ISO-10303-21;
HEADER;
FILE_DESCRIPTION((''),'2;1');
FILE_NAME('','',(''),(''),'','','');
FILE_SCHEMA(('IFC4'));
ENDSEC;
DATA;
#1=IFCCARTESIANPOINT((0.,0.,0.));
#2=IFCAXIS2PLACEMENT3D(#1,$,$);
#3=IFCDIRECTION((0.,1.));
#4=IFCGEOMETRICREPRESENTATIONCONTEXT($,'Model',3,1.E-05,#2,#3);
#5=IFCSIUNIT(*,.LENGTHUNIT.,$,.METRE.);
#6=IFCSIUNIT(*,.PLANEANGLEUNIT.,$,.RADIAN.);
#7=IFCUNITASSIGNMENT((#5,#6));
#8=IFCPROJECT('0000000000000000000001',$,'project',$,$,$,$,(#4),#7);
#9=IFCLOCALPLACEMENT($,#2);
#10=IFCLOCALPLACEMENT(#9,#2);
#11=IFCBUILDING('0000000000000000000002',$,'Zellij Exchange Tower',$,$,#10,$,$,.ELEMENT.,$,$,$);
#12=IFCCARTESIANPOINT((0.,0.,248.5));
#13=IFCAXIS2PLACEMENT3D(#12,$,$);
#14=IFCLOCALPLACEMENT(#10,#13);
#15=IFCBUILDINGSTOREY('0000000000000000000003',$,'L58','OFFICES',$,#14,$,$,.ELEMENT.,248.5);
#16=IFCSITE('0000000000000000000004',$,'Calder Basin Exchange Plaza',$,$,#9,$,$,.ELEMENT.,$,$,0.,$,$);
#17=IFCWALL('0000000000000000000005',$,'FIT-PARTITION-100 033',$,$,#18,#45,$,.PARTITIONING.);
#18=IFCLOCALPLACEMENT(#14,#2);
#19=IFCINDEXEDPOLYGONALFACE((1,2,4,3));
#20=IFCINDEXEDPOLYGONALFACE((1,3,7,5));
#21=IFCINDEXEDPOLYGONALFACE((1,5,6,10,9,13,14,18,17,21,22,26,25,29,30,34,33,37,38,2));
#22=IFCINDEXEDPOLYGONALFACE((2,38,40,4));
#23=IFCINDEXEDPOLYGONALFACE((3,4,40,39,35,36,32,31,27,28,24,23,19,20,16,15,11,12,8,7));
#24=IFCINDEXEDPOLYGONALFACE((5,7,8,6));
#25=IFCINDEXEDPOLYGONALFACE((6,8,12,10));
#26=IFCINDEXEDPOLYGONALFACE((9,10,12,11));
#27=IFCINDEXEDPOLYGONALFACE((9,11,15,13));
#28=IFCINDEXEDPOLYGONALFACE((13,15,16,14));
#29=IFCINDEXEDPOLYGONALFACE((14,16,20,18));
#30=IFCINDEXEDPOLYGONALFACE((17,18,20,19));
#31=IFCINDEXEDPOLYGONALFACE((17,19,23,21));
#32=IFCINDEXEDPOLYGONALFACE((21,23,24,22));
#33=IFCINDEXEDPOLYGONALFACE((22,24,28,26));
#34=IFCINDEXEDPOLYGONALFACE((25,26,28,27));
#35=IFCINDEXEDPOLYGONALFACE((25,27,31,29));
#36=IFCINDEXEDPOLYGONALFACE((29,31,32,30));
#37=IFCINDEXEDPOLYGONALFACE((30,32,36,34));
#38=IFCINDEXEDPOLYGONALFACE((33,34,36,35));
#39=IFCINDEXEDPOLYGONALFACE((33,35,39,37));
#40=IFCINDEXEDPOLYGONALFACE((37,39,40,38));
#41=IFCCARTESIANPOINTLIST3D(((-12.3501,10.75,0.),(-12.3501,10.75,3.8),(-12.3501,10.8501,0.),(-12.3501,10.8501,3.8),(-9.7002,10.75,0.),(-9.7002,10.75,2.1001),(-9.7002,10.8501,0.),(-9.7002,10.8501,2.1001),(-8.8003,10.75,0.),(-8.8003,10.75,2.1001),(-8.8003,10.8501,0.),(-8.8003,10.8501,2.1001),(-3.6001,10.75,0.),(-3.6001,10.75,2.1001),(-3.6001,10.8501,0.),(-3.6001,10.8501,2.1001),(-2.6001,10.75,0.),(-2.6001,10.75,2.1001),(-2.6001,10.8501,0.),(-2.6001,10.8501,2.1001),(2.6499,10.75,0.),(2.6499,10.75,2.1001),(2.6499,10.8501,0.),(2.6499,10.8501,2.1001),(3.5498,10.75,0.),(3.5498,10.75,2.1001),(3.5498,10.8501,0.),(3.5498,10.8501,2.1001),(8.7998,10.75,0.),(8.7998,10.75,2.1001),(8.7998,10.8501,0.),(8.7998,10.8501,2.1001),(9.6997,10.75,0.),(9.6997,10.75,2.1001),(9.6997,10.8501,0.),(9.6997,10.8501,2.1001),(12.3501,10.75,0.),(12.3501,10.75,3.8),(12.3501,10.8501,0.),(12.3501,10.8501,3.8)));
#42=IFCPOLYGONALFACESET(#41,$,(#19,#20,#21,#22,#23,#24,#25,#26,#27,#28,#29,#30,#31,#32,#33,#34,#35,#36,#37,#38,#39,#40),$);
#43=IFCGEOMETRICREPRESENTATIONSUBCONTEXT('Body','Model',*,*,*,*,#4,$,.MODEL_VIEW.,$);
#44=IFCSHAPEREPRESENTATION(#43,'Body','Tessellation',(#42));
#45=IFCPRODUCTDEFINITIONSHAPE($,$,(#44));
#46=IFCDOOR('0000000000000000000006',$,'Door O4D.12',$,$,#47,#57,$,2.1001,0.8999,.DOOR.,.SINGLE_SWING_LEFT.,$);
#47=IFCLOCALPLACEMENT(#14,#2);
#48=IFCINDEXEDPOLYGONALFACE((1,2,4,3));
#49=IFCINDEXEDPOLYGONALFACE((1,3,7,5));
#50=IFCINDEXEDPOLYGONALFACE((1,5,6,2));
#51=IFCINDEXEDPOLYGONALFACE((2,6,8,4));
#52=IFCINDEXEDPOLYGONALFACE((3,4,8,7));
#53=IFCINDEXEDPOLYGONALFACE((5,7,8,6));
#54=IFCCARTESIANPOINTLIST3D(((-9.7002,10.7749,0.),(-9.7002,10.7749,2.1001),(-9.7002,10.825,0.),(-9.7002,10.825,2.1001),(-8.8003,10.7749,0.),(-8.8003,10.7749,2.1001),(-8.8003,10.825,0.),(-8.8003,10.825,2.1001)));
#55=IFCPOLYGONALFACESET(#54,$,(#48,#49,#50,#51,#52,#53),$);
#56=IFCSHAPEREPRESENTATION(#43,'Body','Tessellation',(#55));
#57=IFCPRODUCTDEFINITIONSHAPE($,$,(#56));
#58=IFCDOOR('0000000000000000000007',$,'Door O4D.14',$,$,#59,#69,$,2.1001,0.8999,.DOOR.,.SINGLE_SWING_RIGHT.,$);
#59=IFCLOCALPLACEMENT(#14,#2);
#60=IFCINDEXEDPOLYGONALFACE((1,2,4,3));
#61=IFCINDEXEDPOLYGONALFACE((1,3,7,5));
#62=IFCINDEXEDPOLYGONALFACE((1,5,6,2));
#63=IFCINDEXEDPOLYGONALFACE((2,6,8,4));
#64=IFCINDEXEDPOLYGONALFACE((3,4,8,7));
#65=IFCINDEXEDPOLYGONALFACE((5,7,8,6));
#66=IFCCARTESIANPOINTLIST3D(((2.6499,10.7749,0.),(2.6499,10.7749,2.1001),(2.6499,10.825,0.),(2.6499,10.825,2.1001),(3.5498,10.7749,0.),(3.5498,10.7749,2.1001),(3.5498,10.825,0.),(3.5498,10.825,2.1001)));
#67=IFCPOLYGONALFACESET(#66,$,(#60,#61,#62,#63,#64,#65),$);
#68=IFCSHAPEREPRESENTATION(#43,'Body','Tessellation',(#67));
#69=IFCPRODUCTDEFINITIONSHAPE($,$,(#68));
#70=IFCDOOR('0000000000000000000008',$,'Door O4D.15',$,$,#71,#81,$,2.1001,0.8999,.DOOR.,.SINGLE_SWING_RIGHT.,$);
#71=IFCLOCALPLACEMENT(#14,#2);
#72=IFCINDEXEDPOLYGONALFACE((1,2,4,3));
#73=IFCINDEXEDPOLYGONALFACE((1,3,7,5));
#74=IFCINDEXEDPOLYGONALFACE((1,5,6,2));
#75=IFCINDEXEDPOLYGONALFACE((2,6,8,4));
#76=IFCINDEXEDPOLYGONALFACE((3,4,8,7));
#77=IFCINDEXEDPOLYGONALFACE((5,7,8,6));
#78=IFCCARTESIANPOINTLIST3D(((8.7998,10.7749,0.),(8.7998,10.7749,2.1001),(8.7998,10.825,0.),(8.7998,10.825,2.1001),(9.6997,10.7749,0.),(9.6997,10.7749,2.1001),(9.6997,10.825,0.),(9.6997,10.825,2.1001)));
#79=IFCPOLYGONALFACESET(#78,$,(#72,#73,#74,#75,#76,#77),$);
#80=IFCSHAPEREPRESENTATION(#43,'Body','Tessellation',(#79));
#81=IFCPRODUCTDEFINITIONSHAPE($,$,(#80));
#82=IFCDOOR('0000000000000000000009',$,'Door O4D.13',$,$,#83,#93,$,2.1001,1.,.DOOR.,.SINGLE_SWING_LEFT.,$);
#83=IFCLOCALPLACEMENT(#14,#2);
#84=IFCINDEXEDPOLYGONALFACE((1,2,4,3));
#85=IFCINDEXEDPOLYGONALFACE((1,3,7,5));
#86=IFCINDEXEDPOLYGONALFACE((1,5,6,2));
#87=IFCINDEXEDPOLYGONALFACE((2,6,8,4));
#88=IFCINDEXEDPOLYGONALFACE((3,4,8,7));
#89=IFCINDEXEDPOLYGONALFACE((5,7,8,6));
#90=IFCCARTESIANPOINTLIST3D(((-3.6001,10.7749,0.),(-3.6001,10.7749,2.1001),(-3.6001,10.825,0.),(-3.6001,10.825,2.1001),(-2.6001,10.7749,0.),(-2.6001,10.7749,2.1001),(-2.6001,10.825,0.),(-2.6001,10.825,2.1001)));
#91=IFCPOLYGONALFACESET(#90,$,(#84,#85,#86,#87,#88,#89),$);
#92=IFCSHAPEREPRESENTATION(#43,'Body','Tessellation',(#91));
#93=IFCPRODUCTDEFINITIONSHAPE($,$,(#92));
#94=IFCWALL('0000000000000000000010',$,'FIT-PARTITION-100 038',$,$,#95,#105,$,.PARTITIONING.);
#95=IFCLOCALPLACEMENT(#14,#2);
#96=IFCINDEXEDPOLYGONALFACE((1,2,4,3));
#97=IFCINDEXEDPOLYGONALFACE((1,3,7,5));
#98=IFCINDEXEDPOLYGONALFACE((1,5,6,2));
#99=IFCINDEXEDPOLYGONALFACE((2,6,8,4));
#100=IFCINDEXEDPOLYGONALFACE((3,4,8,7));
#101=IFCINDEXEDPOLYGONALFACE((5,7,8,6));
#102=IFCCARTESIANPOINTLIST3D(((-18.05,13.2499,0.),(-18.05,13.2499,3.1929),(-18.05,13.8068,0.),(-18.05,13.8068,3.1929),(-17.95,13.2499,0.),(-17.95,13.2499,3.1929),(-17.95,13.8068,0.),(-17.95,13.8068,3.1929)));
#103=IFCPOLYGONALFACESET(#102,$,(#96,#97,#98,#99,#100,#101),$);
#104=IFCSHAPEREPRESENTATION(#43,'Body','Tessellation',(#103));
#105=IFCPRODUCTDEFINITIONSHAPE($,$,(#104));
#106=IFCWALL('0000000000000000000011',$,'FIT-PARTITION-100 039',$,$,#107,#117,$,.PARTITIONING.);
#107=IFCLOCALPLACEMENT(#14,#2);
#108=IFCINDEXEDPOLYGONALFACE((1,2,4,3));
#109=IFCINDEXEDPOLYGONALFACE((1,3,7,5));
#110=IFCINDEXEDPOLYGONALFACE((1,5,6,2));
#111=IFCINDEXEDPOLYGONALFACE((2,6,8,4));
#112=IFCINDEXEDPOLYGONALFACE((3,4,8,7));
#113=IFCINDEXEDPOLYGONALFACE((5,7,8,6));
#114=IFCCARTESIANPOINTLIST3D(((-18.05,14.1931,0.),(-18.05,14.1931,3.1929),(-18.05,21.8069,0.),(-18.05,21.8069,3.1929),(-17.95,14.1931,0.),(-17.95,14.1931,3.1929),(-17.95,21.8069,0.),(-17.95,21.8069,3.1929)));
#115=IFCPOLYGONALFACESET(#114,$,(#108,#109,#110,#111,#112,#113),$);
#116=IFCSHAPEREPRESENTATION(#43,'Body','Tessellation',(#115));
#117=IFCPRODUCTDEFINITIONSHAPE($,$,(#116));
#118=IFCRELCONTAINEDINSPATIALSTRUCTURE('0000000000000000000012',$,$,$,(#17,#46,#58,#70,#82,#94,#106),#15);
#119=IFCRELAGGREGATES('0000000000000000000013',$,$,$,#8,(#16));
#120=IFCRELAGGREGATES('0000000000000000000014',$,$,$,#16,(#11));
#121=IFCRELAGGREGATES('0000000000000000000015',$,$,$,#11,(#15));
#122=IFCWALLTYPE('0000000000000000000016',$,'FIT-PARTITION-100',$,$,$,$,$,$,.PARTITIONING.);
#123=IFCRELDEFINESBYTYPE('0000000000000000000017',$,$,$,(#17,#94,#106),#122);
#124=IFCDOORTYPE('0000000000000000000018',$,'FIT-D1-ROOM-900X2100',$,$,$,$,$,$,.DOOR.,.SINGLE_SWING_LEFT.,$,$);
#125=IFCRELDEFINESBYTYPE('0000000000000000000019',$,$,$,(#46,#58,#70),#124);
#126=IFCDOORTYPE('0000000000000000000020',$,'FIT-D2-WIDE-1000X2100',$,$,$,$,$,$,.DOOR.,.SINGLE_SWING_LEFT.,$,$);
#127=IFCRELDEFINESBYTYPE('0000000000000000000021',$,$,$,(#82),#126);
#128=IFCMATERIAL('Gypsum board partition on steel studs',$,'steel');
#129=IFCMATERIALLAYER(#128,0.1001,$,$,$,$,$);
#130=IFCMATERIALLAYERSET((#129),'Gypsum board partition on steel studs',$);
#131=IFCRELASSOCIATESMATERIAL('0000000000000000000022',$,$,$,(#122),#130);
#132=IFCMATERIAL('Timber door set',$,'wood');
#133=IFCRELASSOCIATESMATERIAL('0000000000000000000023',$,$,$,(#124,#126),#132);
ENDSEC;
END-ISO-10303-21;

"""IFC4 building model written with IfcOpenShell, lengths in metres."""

from ifc_helpers import new_model, si_unit, direction, frame, frame_2d, origin, place, context, subcontext, project, spatial, rectangle, extrude, material, layer, layer_set, type_object, element, fill, save


model = new_model("IFC4")

# Units and contexts
model_context = context("Model", 3, precision=1e-05, world=origin(), true_north=direction((0.0, 1.0)))
body_context = subcontext(model_context, "Body", "Model", "MODEL_VIEW")
ifc_project = project(units=[si_unit("LENGTHUNIT", "METRE"), si_unit("PLANEANGLEUNIT", "RADIAN")], contexts=[model_context])

# Site, building, storey
site_placement = place(None, origin())
site = spatial("IfcSite", under=ifc_project, at=site_placement, Name="Calder Basin Exchange Plaza", CompositionType="ELEMENT", RefElevation=0.0)
building_placement = place(site_placement, origin())
building = spatial("IfcBuilding", under=site, at=building_placement, Name="Zellij Exchange Tower", CompositionType="ELEMENT")
storey_placement = place(building_placement, frame((0.0, 0.0, 248.5)))
storey = spatial("IfcBuildingStorey", under=building, at=storey_placement, Name="L58", Description="OFFICES", CompositionType="ELEMENT", Elevation=248.5)

# Shared definitions
ifc_material_1 = material(Name="Gypsum board partition on steel studs", Category="steel")
ifc_layer = layer(ifc_material_1, 0.1001)
ifc_layer_set = layer_set([ifc_layer], Name="Gypsum board partition on steel studs")
wall_type = type_object("IfcWallType", Name="FIT-PARTITION-100", PredefinedType="PARTITIONING", material=ifc_layer_set)

# Wall, openings, doors
wall_1_placement = place(storey_placement, frame((-12.3501, 10.8, 0.0), z_axis=(0.0, 0.0, 1.0), x_axis=(1.0, 0.0, 0.0)))
wall_1 = element("IfcWall", 1, at=wall_1_placement, inside=storey, type_object=wall_type, Name="FIT-PARTITION-100 033", PredefinedType="PARTITIONING", context=body_context, shape_type="SweptSolid", body=[
    extrude(rectangle(XDim=24.7002, YDim=0.1001, at=frame_2d((12.3501, 0.0))), origin(), (0.0, 0.0, 1.0), 3.8),
])
opening_1_placement = place(wall_1_placement, frame((2.6499, 0.0, 0.0)))
opening_1 = element("IfcOpeningElement", 2, at=opening_1_placement, cuts=wall_1, PredefinedType="OPENING", context=body_context, shape_type="SweptSolid", body=[
    extrude(rectangle(XDim=0.8999, YDim=2.1001, at=frame_2d((0.45, 1.05))), frame((0.0, 0.062, 0.0), z_axis=(0.0, -1.0, 0.0), x_axis=(1.0, 0.0, 0.0)), (0.0, 0.0, 1.0), 0.124),
])
opening_2_placement = place(wall_1_placement, frame((8.75, 0.0, 0.0)))
opening_2 = element("IfcOpeningElement", 3, at=opening_2_placement, cuts=wall_1, PredefinedType="OPENING", context=body_context, shape_type="SweptSolid", body=[
    extrude(rectangle(XDim=1.0, YDim=2.1001, at=frame_2d((0.5, 1.05))), frame((0.0, 0.062, 0.0), z_axis=(0.0, -1.0, 0.0), x_axis=(1.0, 0.0, 0.0)), (0.0, 0.0, 1.0), 0.124),
])
opening_3_placement = place(wall_1_placement, frame((15.0, 0.0, 0.0)))
opening_3 = element("IfcOpeningElement", 4, at=opening_3_placement, cuts=wall_1, PredefinedType="OPENING", context=body_context, shape_type="SweptSolid", body=[
    extrude(rectangle(XDim=0.8999, YDim=2.1001, at=frame_2d((0.45, 1.05))), frame((0.0, 0.062, 0.0), z_axis=(0.0, -1.0, 0.0), x_axis=(1.0, 0.0, 0.0)), (0.0, 0.0, 1.0), 0.124),
])
opening_4_placement = place(wall_1_placement, frame((21.1499, 0.0, 0.0)))
opening_4 = element("IfcOpeningElement", 5, at=opening_4_placement, cuts=wall_1, PredefinedType="OPENING", context=body_context, shape_type="SweptSolid", body=[
    extrude(rectangle(XDim=0.8999, YDim=2.1001, at=frame_2d((0.45, 1.05))), frame((0.0, 0.062, 0.0), z_axis=(0.0, -1.0, 0.0), x_axis=(1.0, 0.0, 0.0)), (0.0, 0.0, 1.0), 0.124),
])
ifc_material_2 = material(Name="Timber door set", Category="wood")
door_type_1 = type_object("IfcDoorType", Name="FIT-D1-ROOM-900X2100", OperationType="SINGLE_SWING_LEFT", PredefinedType="DOOR", material=ifc_material_2)
door_1_placement = place(opening_1_placement, origin())
door_1 = element("IfcDoor", 6, at=door_1_placement, inside=storey, type_object=door_type_1, Name="Door O4D.12", OperationType="SINGLE_SWING_LEFT", OverallHeight=2.1001, OverallWidth=0.8999, PredefinedType="DOOR", context=body_context, shape_type="SweptSolid", body=[
    extrude(rectangle(XDim=0.8999, YDim=2.1001, at=frame_2d((0.45, 1.05))), frame((0.0, 0.0249, 0.0), z_axis=(0.0, -1.0, 0.0), x_axis=(1.0, 0.0, 0.0)), (0.0, 0.0, 1.0), 0.05),
])
fill(opening_1, door_1)
door_2_placement = place(opening_3_placement, origin())
door_2 = element("IfcDoor", 7, at=door_2_placement, inside=storey, type_object=door_type_1, Name="Door O4D.14", OperationType="SINGLE_SWING_RIGHT", OverallHeight=2.1001, OverallWidth=0.8999, PredefinedType="DOOR", context=body_context, shape_type="SweptSolid", body=[
    extrude(rectangle(XDim=0.8999, YDim=2.1001, at=frame_2d((0.45, 1.05))), frame((0.0, 0.0249, 0.0), z_axis=(0.0, -1.0, 0.0), x_axis=(1.0, 0.0, 0.0)), (0.0, 0.0, 1.0), 0.05),
])
fill(opening_3, door_2)
door_3_placement = place(opening_4_placement, origin())
door_3 = element("IfcDoor", 8, at=door_3_placement, inside=storey, type_object=door_type_1, Name="Door O4D.15", OperationType="SINGLE_SWING_RIGHT", OverallHeight=2.1001, OverallWidth=0.8999, PredefinedType="DOOR", context=body_context, shape_type="SweptSolid", body=[
    extrude(rectangle(XDim=0.8999, YDim=2.1001, at=frame_2d((0.45, 1.05))), frame((0.0, 0.0249, 0.0), z_axis=(0.0, -1.0, 0.0), x_axis=(1.0, 0.0, 0.0)), (0.0, 0.0, 1.0), 0.05),
])
fill(opening_4, door_3)
door_type_2 = type_object("IfcDoorType", Name="FIT-D2-WIDE-1000X2100", OperationType="SINGLE_SWING_LEFT", PredefinedType="DOOR", material=ifc_material_2)
door_4_placement = place(opening_2_placement, origin())
door_4 = element("IfcDoor", 9, at=door_4_placement, inside=storey, type_object=door_type_2, Name="Door O4D.13", OperationType="SINGLE_SWING_LEFT", OverallHeight=2.1001, OverallWidth=1.0, PredefinedType="DOOR", context=body_context, shape_type="SweptSolid", body=[
    extrude(rectangle(XDim=1.0, YDim=2.1001, at=frame_2d((0.5, 1.05))), frame((0.0, 0.0249, 0.0), z_axis=(0.0, -1.0, 0.0), x_axis=(1.0, 0.0, 0.0)), (0.0, 0.0, 1.0), 0.05),
])
fill(opening_2, door_4)

# Walls
wall_2_placement = place(storey_placement, frame((-18.0, 13.25, 0.0), z_axis=(0.0, 0.0, 1.0), x_axis=(0.0, 1.0, 0.0)))
element("IfcWall", 10, at=wall_2_placement, inside=storey, type_object=wall_type, Name="FIT-PARTITION-100 038", PredefinedType="PARTITIONING", context=body_context, shape_type="SweptSolid", body=[
    extrude(rectangle(XDim=0.5569, YDim=0.1001, at=frame_2d((0.2783, 0.0))), origin(), (0.0, 0.0, 1.0), 3.1929),
])
wall_3_placement = place(storey_placement, frame((-18.0, 14.1931, 0.0), z_axis=(0.0, 0.0, 1.0), x_axis=(0.0, 1.0, 0.0)))
element("IfcWall", 11, at=wall_3_placement, inside=storey, type_object=wall_type, Name="FIT-PARTITION-100 039", PredefinedType="PARTITIONING", context=body_context, shape_type="SweptSolid", body=[
    extrude(rectangle(XDim=7.6138, YDim=0.1001, at=frame_2d((3.8069, 0.0))), origin(), (0.0, 0.0, 1.0), 3.1929),
])

save(model, "model.ifc")
